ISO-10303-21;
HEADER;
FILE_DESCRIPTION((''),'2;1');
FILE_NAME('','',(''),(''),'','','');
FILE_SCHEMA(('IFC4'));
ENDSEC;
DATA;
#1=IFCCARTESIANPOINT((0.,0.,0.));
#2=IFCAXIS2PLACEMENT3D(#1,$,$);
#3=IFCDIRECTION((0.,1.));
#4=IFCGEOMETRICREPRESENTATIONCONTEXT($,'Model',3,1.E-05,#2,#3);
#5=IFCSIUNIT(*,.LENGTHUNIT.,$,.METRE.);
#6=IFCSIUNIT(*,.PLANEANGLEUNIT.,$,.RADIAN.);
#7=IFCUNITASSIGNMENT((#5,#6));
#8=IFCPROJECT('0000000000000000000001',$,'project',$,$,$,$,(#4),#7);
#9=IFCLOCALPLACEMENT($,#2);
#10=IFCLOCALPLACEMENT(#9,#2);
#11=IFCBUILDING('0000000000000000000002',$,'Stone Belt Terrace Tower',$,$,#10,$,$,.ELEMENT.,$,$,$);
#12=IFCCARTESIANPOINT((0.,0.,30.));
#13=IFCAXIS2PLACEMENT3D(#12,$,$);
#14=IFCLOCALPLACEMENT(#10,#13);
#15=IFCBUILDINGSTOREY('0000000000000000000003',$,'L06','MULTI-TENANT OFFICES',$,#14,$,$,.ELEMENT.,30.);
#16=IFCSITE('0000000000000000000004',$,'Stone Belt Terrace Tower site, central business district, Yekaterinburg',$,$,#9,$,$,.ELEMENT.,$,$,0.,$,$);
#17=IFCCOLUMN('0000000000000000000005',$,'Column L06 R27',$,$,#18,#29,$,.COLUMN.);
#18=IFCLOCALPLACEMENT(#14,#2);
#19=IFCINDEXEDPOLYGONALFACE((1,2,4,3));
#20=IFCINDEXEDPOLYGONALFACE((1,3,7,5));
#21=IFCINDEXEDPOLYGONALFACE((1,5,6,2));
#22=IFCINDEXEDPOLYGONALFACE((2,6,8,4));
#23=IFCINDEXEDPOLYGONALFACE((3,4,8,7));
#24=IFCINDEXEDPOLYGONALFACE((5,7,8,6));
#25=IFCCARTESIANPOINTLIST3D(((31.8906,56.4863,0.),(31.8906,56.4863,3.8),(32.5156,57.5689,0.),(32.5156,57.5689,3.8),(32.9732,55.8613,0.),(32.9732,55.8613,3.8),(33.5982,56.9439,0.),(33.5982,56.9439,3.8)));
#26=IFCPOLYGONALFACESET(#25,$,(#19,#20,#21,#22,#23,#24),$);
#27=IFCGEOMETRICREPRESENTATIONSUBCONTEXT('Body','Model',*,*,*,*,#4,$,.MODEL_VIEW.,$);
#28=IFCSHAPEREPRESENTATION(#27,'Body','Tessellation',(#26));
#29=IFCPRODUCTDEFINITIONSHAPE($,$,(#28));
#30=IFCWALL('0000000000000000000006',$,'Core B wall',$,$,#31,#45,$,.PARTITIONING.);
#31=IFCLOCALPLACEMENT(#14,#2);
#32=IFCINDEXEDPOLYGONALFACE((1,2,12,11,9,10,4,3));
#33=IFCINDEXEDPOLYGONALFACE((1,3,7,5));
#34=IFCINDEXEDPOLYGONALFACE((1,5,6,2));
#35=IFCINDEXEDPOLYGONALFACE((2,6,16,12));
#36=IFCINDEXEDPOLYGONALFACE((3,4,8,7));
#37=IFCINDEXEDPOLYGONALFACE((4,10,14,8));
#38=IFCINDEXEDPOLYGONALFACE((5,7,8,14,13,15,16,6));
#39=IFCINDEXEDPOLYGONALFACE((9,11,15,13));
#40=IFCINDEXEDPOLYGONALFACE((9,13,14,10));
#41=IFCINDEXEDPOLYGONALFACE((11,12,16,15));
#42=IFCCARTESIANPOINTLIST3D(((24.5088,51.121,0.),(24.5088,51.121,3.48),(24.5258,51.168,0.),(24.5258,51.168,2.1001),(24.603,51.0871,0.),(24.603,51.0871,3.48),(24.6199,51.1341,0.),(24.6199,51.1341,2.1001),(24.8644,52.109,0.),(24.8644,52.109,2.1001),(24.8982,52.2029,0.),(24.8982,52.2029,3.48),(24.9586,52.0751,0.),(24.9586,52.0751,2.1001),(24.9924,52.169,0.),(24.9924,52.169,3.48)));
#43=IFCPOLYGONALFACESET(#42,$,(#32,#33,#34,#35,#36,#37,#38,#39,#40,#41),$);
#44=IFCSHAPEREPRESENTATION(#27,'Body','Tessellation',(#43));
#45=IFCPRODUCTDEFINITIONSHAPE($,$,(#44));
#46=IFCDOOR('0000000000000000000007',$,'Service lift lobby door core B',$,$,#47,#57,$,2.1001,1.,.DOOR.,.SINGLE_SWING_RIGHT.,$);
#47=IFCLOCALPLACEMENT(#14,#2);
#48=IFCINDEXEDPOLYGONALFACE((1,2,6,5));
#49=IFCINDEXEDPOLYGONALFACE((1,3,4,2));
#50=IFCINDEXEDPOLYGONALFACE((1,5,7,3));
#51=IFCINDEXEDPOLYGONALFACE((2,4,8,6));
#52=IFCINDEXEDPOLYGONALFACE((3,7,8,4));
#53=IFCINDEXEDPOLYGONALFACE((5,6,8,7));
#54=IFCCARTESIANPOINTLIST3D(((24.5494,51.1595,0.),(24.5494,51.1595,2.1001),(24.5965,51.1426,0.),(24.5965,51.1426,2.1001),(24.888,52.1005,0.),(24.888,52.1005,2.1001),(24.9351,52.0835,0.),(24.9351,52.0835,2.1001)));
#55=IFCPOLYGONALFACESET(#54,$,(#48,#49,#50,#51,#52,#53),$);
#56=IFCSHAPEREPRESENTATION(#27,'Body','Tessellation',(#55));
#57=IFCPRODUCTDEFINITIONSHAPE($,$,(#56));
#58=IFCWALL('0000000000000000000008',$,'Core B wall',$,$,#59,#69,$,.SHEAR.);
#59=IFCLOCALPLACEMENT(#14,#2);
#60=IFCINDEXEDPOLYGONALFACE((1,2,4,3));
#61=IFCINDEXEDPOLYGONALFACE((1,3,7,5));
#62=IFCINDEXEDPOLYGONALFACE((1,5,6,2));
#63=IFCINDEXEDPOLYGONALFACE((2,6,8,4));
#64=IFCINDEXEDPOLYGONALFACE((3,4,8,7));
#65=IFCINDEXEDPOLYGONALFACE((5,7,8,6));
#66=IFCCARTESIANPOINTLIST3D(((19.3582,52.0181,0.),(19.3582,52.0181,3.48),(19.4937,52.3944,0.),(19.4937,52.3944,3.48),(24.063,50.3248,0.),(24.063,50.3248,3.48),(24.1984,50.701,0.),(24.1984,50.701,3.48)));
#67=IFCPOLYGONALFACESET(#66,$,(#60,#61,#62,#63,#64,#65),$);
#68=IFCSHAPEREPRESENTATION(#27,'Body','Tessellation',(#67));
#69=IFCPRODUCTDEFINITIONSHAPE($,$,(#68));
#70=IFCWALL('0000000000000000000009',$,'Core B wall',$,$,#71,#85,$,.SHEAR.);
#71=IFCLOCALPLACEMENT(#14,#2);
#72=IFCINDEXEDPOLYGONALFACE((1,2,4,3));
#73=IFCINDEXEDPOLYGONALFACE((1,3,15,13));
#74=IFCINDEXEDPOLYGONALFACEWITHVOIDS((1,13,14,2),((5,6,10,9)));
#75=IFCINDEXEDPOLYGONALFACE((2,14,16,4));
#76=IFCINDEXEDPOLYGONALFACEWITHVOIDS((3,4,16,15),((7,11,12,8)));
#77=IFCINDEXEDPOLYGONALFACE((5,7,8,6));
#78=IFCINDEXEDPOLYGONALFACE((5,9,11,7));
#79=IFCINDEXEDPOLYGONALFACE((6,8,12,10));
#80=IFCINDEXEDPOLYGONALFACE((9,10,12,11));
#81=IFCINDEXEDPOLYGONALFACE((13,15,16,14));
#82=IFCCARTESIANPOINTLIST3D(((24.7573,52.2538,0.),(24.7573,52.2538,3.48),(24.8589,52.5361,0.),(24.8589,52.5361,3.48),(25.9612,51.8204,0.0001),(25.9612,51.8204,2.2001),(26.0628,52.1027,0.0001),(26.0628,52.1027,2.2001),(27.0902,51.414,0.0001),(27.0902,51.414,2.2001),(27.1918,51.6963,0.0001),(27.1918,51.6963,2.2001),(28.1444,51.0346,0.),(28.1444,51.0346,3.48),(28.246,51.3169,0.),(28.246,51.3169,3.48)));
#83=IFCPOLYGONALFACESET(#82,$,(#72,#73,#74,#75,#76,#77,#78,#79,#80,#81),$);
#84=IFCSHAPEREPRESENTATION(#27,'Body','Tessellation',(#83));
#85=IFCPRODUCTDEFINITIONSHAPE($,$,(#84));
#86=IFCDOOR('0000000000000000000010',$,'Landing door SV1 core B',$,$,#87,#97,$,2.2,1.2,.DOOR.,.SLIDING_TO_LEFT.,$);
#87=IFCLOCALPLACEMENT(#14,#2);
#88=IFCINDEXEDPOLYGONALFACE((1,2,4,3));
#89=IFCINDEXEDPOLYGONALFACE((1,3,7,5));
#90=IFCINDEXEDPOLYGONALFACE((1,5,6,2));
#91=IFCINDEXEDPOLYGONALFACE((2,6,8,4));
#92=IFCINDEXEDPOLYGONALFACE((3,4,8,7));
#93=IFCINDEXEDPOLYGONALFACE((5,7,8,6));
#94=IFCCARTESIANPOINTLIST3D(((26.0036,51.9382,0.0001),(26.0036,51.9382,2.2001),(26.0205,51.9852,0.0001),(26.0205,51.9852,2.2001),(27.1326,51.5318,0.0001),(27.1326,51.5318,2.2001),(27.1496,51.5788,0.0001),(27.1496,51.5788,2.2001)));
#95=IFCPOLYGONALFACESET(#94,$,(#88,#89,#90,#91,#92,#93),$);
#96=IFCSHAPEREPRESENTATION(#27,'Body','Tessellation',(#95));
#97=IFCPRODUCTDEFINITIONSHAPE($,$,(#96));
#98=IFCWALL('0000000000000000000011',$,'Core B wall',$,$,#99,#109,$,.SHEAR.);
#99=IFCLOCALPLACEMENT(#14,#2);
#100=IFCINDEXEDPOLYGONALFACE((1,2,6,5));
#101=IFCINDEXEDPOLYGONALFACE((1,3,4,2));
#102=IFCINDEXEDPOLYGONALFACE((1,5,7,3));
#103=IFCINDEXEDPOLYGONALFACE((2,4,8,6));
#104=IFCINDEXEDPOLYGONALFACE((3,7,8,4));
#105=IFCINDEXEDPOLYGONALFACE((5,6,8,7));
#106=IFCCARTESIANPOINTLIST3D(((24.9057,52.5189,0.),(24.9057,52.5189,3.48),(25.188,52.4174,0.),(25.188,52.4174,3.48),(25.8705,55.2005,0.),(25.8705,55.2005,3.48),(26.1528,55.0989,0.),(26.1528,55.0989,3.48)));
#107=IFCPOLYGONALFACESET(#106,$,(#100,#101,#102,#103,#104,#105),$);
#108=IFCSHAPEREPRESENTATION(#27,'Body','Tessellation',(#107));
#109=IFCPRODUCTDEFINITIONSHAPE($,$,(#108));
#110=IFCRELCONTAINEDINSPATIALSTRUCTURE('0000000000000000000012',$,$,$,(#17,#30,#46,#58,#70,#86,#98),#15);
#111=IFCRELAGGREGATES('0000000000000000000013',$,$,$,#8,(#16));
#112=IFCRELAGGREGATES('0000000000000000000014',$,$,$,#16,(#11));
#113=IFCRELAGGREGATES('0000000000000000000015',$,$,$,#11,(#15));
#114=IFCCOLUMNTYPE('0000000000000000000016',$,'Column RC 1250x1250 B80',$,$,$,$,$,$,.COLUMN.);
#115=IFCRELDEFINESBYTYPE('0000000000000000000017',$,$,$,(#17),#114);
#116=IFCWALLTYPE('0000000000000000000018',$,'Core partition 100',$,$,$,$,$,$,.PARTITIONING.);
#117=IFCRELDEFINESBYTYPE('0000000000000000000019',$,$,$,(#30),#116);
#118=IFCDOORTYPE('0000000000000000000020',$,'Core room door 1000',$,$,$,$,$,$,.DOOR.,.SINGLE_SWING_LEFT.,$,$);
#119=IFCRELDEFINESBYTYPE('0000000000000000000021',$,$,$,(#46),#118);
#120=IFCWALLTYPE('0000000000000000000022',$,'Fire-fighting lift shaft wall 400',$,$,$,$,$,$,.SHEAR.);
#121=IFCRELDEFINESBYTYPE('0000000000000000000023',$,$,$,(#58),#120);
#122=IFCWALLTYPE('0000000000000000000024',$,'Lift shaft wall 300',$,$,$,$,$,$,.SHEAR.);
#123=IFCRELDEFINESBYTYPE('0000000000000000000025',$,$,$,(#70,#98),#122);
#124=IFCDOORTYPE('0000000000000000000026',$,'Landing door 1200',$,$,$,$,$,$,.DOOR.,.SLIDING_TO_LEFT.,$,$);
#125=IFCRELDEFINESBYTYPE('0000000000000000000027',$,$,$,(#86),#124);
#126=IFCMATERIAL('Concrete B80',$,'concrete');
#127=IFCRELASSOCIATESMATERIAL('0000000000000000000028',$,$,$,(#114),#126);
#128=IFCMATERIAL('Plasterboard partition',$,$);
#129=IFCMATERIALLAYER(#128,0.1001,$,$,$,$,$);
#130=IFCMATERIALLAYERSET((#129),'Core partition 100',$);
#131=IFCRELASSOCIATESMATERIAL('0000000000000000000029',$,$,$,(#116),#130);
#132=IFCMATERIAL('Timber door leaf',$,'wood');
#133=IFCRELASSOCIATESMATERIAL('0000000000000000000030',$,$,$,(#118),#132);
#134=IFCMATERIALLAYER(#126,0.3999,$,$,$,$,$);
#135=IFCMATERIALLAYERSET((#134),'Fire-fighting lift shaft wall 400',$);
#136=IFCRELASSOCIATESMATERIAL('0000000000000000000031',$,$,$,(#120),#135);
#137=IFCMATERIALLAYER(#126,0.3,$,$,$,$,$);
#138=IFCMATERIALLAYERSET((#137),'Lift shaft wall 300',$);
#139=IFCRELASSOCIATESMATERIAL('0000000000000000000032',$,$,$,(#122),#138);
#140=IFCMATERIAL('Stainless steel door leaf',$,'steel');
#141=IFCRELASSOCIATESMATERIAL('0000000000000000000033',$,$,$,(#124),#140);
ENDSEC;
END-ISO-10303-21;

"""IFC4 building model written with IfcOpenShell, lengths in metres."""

from ifc_helpers import new_model, si_unit, direction, frame, frame_2d, origin, origin_2d, place, context, subcontext, project, spatial, rectangle, extrude, material, layer, layer_set, material_profile, profile_set, type_object, element, fill, save


model = new_model("IFC4")

# Units and contexts
model_context = context("Model", 3, precision=1e-05, world=origin(), true_north=direction((0.0, 1.0)))
body_context = subcontext(model_context, "Body", "Model", "MODEL_VIEW")
ifc_project = project(units=[si_unit("LENGTHUNIT", "METRE"), si_unit("PLANEANGLEUNIT", "RADIAN")], contexts=[model_context])

# Site, building, storey
site_placement = place(None, origin())
site = spatial("IfcSite", under=ifc_project, at=site_placement, Name="Stone Belt Terrace Tower site, central business district, Yekaterinburg", CompositionType="ELEMENT", RefElevation=0.0)
building_placement = place(site_placement, origin())
building = spatial("IfcBuilding", under=site, at=building_placement, Name="Stone Belt Terrace Tower", CompositionType="ELEMENT")
storey_placement = place(building_placement, frame((0.0, 0.0, 30.0)))
storey = spatial("IfcBuildingStorey", under=building, at=storey_placement, Name="L06", Description="MULTI-TENANT OFFICES", CompositionType="ELEMENT", Elevation=30.0)

# Column
ifc_material_1 = material(Name="Concrete B80", Category="concrete")
ifc_material_profile = material_profile(ifc_material_1, rectangle(XDim=1.25, YDim=1.25, at=origin_2d()), Name="RC 1250x1250")
ifc_profile_set = profile_set([ifc_material_profile], Name="Concrete B80")
column_type = type_object("IfcColumnType", Name="Column RC 1250x1250 B80", PredefinedType="COLUMN", material=ifc_profile_set)
column_placement = place(storey_placement, frame((32.7444, 56.7151, 0.0), z_axis=(0.0, 0.0, 1.0), x_axis=(0.866025, -0.5, 0.0)))
element("IfcColumn", 1, at=column_placement, inside=storey, type_object=column_type, Name="Column L06 R27", PredefinedType="COLUMN", context=body_context, shape_type="SweptSolid", body=[
    extrude(rectangle(XDim=1.25, YDim=1.25, at=origin_2d()), origin(), (0.0, 0.0, 1.0), 3.8),
])

# Wall, opening, door
ifc_material_2 = material(Name="Plasterboard partition")
ifc_layer_1 = layer(ifc_material_2, 0.1001)
ifc_layer_set_1 = layer_set([ifc_layer_1], Name="Core partition 100")
wall_type_1 = type_object("IfcWallType", Name="Core partition 100", PredefinedType="PARTITIONING", material=ifc_layer_set_1)
wall_1_placement = place(storey_placement, frame((24.5559, 51.104, 0.0), z_axis=(0.0, 0.0, 1.0), x_axis=(0.338622, 0.940923, 0.0)))
wall_1 = element("IfcWall", 2, at=wall_1_placement, inside=storey, type_object=wall_type_1, Name="Core B wall", PredefinedType="PARTITIONING", context=body_context, shape_type="SweptSolid", body=[
    extrude(rectangle(XDim=1.1499, YDim=0.1001, at=frame_2d((0.575, 0.0))), origin(), (0.0, 0.0, 1.0), 3.48),
])
opening_1_placement = place(wall_1_placement, frame((0.05, 0.0, 0.0)))
opening_1 = element("IfcOpeningElement", 3, at=opening_1_placement, cuts=wall_1, PredefinedType="OPENING", context=body_context, shape_type="SweptSolid", body=[
    extrude(rectangle(XDim=1.0, YDim=2.1001, at=frame_2d((0.5, 1.05))), frame((0.0, 0.0601, 0.0), z_axis=(0.0, -1.0, 0.0), x_axis=(1.0, 0.0, 0.0)), (0.0, 0.0, 1.0), 0.1201),
])
ifc_material_3 = material(Name="Timber door leaf", Category="wood")
door_type_1 = type_object("IfcDoorType", Name="Core room door 1000", OperationType="SINGLE_SWING_LEFT", PredefinedType="DOOR", material=ifc_material_3)
door_1_placement = place(opening_1_placement, origin())
door_1 = element("IfcDoor", 4, at=door_1_placement, inside=storey, type_object=door_type_1, Name="Service lift lobby door core B", OperationType="SINGLE_SWING_RIGHT", OverallHeight=2.1001, OverallWidth=1.0, PredefinedType="DOOR", context=body_context, shape_type="SweptSolid", body=[
    extrude(rectangle(XDim=1.0, YDim=2.1001, at=frame_2d((0.5, 1.05))), frame((0.0, 0.0249, 0.0), z_axis=(0.0, -1.0, 0.0), x_axis=(1.0, 0.0, 0.0)), (0.0, 0.0, 1.0), 0.05),
])
fill(opening_1, door_1)

# Wall
ifc_layer_2 = layer(ifc_material_1, 0.3999)
ifc_layer_set_2 = layer_set([ifc_layer_2], Name="Fire-fighting lift shaft wall 400")
wall_type_2 = type_object("IfcWallType", Name="Fire-fighting lift shaft wall 400", PredefinedType="SHEAR", material=ifc_layer_set_2)
wall_2_placement = place(storey_placement, frame((24.1306, 50.5129, 0.0), z_axis=(0.0, 0.0, 1.0), x_axis=(-0.940912, 0.338652, 0.0)))
element("IfcWall", 5, at=wall_2_placement, inside=storey, type_object=wall_type_2, Name="Core B wall", PredefinedType="SHEAR", context=body_context, shape_type="SweptSolid", body=[
    extrude(rectangle(XDim=5.0002, YDim=0.3999, at=frame_2d((2.5, 0.0))), origin(), (0.0, 0.0, 1.0), 3.48),
])

# Wall, opening, door
ifc_layer_3 = layer(ifc_material_1, 0.3)
ifc_layer_set_3 = layer_set([ifc_layer_3], Name="Lift shaft wall 300")
wall_type_3 = type_object("IfcWallType", Name="Lift shaft wall 300", PredefinedType="SHEAR", material=ifc_layer_set_3)
wall_3_placement = place(storey_placement, frame((28.1951, 51.1758, 0.0), z_axis=(0.0, 0.0, 1.0), x_axis=(-0.940901, 0.338681, 0.0)))
wall_3 = element("IfcWall", 6, at=wall_3_placement, inside=storey, type_object=wall_type_3, Name="Core B wall", PredefinedType="SHEAR", context=body_context, shape_type="SweptSolid", body=[
    extrude(rectangle(XDim=3.5999, YDim=0.3, at=frame_2d((1.7998, 0.0))), origin(), (0.0, 0.0, 1.0), 3.48),
])
opening_2_placement = place(wall_3_placement, frame((1.1201, 0.0, 0.0)))
opening_2 = element("IfcOpeningElement", 7, at=opening_2_placement, cuts=wall_3, PredefinedType="OPENING", context=body_context, shape_type="SweptSolid", body=[
    extrude(rectangle(XDim=1.2, YDim=2.2, at=frame_2d((0.6001, 1.1001))), frame((0.0, 0.1599, 0.0), z_axis=(0.0, -1.0, 0.0), x_axis=(1.0, 0.0, 0.0)), (0.0, 0.0, 1.0), 0.3201),
])
ifc_material_4 = material(Name="Stainless steel door leaf", Category="steel")
door_type_2 = type_object("IfcDoorType", Name="Landing door 1200", OperationType="SLIDING_TO_LEFT", PredefinedType="DOOR", material=ifc_material_4)
door_2_placement = place(opening_2_placement, origin())
door_2 = element("IfcDoor", 8, at=door_2_placement, inside=storey, type_object=door_type_2, Name="Landing door SV1 core B", OperationType="SLIDING_TO_LEFT", OverallHeight=2.2, OverallWidth=1.2, PredefinedType="DOOR", context=body_context, shape_type="SweptSolid", body=[
    extrude(rectangle(XDim=1.2, YDim=2.2, at=frame_2d((0.6001, 1.1001))), frame((0.0, 0.0249, 0.0), z_axis=(0.0, -1.0, 0.0), x_axis=(1.0, 0.0, 0.0)), (0.0, 0.0, 1.0), 0.05),
])
fill(opening_2, door_2)

# Wall
wall_4_placement = place(storey_placement, frame((25.0469, 52.4683, 0.0), z_axis=(0.0, 0.0, 1.0), x_axis=(0.33855, 0.940949, 0.0)))
element("IfcWall", 9, at=wall_4_placement, inside=storey, type_object=wall_type_3, Name="Core B wall", PredefinedType="SHEAR", context=body_context, shape_type="SweptSolid", body=[
    extrude(rectangle(XDim=2.8499, YDim=0.3, at=frame_2d((1.4248, 0.0))), origin(), (0.0, 0.0, 1.0), 3.48),
])

save(model, "model.ifc")
